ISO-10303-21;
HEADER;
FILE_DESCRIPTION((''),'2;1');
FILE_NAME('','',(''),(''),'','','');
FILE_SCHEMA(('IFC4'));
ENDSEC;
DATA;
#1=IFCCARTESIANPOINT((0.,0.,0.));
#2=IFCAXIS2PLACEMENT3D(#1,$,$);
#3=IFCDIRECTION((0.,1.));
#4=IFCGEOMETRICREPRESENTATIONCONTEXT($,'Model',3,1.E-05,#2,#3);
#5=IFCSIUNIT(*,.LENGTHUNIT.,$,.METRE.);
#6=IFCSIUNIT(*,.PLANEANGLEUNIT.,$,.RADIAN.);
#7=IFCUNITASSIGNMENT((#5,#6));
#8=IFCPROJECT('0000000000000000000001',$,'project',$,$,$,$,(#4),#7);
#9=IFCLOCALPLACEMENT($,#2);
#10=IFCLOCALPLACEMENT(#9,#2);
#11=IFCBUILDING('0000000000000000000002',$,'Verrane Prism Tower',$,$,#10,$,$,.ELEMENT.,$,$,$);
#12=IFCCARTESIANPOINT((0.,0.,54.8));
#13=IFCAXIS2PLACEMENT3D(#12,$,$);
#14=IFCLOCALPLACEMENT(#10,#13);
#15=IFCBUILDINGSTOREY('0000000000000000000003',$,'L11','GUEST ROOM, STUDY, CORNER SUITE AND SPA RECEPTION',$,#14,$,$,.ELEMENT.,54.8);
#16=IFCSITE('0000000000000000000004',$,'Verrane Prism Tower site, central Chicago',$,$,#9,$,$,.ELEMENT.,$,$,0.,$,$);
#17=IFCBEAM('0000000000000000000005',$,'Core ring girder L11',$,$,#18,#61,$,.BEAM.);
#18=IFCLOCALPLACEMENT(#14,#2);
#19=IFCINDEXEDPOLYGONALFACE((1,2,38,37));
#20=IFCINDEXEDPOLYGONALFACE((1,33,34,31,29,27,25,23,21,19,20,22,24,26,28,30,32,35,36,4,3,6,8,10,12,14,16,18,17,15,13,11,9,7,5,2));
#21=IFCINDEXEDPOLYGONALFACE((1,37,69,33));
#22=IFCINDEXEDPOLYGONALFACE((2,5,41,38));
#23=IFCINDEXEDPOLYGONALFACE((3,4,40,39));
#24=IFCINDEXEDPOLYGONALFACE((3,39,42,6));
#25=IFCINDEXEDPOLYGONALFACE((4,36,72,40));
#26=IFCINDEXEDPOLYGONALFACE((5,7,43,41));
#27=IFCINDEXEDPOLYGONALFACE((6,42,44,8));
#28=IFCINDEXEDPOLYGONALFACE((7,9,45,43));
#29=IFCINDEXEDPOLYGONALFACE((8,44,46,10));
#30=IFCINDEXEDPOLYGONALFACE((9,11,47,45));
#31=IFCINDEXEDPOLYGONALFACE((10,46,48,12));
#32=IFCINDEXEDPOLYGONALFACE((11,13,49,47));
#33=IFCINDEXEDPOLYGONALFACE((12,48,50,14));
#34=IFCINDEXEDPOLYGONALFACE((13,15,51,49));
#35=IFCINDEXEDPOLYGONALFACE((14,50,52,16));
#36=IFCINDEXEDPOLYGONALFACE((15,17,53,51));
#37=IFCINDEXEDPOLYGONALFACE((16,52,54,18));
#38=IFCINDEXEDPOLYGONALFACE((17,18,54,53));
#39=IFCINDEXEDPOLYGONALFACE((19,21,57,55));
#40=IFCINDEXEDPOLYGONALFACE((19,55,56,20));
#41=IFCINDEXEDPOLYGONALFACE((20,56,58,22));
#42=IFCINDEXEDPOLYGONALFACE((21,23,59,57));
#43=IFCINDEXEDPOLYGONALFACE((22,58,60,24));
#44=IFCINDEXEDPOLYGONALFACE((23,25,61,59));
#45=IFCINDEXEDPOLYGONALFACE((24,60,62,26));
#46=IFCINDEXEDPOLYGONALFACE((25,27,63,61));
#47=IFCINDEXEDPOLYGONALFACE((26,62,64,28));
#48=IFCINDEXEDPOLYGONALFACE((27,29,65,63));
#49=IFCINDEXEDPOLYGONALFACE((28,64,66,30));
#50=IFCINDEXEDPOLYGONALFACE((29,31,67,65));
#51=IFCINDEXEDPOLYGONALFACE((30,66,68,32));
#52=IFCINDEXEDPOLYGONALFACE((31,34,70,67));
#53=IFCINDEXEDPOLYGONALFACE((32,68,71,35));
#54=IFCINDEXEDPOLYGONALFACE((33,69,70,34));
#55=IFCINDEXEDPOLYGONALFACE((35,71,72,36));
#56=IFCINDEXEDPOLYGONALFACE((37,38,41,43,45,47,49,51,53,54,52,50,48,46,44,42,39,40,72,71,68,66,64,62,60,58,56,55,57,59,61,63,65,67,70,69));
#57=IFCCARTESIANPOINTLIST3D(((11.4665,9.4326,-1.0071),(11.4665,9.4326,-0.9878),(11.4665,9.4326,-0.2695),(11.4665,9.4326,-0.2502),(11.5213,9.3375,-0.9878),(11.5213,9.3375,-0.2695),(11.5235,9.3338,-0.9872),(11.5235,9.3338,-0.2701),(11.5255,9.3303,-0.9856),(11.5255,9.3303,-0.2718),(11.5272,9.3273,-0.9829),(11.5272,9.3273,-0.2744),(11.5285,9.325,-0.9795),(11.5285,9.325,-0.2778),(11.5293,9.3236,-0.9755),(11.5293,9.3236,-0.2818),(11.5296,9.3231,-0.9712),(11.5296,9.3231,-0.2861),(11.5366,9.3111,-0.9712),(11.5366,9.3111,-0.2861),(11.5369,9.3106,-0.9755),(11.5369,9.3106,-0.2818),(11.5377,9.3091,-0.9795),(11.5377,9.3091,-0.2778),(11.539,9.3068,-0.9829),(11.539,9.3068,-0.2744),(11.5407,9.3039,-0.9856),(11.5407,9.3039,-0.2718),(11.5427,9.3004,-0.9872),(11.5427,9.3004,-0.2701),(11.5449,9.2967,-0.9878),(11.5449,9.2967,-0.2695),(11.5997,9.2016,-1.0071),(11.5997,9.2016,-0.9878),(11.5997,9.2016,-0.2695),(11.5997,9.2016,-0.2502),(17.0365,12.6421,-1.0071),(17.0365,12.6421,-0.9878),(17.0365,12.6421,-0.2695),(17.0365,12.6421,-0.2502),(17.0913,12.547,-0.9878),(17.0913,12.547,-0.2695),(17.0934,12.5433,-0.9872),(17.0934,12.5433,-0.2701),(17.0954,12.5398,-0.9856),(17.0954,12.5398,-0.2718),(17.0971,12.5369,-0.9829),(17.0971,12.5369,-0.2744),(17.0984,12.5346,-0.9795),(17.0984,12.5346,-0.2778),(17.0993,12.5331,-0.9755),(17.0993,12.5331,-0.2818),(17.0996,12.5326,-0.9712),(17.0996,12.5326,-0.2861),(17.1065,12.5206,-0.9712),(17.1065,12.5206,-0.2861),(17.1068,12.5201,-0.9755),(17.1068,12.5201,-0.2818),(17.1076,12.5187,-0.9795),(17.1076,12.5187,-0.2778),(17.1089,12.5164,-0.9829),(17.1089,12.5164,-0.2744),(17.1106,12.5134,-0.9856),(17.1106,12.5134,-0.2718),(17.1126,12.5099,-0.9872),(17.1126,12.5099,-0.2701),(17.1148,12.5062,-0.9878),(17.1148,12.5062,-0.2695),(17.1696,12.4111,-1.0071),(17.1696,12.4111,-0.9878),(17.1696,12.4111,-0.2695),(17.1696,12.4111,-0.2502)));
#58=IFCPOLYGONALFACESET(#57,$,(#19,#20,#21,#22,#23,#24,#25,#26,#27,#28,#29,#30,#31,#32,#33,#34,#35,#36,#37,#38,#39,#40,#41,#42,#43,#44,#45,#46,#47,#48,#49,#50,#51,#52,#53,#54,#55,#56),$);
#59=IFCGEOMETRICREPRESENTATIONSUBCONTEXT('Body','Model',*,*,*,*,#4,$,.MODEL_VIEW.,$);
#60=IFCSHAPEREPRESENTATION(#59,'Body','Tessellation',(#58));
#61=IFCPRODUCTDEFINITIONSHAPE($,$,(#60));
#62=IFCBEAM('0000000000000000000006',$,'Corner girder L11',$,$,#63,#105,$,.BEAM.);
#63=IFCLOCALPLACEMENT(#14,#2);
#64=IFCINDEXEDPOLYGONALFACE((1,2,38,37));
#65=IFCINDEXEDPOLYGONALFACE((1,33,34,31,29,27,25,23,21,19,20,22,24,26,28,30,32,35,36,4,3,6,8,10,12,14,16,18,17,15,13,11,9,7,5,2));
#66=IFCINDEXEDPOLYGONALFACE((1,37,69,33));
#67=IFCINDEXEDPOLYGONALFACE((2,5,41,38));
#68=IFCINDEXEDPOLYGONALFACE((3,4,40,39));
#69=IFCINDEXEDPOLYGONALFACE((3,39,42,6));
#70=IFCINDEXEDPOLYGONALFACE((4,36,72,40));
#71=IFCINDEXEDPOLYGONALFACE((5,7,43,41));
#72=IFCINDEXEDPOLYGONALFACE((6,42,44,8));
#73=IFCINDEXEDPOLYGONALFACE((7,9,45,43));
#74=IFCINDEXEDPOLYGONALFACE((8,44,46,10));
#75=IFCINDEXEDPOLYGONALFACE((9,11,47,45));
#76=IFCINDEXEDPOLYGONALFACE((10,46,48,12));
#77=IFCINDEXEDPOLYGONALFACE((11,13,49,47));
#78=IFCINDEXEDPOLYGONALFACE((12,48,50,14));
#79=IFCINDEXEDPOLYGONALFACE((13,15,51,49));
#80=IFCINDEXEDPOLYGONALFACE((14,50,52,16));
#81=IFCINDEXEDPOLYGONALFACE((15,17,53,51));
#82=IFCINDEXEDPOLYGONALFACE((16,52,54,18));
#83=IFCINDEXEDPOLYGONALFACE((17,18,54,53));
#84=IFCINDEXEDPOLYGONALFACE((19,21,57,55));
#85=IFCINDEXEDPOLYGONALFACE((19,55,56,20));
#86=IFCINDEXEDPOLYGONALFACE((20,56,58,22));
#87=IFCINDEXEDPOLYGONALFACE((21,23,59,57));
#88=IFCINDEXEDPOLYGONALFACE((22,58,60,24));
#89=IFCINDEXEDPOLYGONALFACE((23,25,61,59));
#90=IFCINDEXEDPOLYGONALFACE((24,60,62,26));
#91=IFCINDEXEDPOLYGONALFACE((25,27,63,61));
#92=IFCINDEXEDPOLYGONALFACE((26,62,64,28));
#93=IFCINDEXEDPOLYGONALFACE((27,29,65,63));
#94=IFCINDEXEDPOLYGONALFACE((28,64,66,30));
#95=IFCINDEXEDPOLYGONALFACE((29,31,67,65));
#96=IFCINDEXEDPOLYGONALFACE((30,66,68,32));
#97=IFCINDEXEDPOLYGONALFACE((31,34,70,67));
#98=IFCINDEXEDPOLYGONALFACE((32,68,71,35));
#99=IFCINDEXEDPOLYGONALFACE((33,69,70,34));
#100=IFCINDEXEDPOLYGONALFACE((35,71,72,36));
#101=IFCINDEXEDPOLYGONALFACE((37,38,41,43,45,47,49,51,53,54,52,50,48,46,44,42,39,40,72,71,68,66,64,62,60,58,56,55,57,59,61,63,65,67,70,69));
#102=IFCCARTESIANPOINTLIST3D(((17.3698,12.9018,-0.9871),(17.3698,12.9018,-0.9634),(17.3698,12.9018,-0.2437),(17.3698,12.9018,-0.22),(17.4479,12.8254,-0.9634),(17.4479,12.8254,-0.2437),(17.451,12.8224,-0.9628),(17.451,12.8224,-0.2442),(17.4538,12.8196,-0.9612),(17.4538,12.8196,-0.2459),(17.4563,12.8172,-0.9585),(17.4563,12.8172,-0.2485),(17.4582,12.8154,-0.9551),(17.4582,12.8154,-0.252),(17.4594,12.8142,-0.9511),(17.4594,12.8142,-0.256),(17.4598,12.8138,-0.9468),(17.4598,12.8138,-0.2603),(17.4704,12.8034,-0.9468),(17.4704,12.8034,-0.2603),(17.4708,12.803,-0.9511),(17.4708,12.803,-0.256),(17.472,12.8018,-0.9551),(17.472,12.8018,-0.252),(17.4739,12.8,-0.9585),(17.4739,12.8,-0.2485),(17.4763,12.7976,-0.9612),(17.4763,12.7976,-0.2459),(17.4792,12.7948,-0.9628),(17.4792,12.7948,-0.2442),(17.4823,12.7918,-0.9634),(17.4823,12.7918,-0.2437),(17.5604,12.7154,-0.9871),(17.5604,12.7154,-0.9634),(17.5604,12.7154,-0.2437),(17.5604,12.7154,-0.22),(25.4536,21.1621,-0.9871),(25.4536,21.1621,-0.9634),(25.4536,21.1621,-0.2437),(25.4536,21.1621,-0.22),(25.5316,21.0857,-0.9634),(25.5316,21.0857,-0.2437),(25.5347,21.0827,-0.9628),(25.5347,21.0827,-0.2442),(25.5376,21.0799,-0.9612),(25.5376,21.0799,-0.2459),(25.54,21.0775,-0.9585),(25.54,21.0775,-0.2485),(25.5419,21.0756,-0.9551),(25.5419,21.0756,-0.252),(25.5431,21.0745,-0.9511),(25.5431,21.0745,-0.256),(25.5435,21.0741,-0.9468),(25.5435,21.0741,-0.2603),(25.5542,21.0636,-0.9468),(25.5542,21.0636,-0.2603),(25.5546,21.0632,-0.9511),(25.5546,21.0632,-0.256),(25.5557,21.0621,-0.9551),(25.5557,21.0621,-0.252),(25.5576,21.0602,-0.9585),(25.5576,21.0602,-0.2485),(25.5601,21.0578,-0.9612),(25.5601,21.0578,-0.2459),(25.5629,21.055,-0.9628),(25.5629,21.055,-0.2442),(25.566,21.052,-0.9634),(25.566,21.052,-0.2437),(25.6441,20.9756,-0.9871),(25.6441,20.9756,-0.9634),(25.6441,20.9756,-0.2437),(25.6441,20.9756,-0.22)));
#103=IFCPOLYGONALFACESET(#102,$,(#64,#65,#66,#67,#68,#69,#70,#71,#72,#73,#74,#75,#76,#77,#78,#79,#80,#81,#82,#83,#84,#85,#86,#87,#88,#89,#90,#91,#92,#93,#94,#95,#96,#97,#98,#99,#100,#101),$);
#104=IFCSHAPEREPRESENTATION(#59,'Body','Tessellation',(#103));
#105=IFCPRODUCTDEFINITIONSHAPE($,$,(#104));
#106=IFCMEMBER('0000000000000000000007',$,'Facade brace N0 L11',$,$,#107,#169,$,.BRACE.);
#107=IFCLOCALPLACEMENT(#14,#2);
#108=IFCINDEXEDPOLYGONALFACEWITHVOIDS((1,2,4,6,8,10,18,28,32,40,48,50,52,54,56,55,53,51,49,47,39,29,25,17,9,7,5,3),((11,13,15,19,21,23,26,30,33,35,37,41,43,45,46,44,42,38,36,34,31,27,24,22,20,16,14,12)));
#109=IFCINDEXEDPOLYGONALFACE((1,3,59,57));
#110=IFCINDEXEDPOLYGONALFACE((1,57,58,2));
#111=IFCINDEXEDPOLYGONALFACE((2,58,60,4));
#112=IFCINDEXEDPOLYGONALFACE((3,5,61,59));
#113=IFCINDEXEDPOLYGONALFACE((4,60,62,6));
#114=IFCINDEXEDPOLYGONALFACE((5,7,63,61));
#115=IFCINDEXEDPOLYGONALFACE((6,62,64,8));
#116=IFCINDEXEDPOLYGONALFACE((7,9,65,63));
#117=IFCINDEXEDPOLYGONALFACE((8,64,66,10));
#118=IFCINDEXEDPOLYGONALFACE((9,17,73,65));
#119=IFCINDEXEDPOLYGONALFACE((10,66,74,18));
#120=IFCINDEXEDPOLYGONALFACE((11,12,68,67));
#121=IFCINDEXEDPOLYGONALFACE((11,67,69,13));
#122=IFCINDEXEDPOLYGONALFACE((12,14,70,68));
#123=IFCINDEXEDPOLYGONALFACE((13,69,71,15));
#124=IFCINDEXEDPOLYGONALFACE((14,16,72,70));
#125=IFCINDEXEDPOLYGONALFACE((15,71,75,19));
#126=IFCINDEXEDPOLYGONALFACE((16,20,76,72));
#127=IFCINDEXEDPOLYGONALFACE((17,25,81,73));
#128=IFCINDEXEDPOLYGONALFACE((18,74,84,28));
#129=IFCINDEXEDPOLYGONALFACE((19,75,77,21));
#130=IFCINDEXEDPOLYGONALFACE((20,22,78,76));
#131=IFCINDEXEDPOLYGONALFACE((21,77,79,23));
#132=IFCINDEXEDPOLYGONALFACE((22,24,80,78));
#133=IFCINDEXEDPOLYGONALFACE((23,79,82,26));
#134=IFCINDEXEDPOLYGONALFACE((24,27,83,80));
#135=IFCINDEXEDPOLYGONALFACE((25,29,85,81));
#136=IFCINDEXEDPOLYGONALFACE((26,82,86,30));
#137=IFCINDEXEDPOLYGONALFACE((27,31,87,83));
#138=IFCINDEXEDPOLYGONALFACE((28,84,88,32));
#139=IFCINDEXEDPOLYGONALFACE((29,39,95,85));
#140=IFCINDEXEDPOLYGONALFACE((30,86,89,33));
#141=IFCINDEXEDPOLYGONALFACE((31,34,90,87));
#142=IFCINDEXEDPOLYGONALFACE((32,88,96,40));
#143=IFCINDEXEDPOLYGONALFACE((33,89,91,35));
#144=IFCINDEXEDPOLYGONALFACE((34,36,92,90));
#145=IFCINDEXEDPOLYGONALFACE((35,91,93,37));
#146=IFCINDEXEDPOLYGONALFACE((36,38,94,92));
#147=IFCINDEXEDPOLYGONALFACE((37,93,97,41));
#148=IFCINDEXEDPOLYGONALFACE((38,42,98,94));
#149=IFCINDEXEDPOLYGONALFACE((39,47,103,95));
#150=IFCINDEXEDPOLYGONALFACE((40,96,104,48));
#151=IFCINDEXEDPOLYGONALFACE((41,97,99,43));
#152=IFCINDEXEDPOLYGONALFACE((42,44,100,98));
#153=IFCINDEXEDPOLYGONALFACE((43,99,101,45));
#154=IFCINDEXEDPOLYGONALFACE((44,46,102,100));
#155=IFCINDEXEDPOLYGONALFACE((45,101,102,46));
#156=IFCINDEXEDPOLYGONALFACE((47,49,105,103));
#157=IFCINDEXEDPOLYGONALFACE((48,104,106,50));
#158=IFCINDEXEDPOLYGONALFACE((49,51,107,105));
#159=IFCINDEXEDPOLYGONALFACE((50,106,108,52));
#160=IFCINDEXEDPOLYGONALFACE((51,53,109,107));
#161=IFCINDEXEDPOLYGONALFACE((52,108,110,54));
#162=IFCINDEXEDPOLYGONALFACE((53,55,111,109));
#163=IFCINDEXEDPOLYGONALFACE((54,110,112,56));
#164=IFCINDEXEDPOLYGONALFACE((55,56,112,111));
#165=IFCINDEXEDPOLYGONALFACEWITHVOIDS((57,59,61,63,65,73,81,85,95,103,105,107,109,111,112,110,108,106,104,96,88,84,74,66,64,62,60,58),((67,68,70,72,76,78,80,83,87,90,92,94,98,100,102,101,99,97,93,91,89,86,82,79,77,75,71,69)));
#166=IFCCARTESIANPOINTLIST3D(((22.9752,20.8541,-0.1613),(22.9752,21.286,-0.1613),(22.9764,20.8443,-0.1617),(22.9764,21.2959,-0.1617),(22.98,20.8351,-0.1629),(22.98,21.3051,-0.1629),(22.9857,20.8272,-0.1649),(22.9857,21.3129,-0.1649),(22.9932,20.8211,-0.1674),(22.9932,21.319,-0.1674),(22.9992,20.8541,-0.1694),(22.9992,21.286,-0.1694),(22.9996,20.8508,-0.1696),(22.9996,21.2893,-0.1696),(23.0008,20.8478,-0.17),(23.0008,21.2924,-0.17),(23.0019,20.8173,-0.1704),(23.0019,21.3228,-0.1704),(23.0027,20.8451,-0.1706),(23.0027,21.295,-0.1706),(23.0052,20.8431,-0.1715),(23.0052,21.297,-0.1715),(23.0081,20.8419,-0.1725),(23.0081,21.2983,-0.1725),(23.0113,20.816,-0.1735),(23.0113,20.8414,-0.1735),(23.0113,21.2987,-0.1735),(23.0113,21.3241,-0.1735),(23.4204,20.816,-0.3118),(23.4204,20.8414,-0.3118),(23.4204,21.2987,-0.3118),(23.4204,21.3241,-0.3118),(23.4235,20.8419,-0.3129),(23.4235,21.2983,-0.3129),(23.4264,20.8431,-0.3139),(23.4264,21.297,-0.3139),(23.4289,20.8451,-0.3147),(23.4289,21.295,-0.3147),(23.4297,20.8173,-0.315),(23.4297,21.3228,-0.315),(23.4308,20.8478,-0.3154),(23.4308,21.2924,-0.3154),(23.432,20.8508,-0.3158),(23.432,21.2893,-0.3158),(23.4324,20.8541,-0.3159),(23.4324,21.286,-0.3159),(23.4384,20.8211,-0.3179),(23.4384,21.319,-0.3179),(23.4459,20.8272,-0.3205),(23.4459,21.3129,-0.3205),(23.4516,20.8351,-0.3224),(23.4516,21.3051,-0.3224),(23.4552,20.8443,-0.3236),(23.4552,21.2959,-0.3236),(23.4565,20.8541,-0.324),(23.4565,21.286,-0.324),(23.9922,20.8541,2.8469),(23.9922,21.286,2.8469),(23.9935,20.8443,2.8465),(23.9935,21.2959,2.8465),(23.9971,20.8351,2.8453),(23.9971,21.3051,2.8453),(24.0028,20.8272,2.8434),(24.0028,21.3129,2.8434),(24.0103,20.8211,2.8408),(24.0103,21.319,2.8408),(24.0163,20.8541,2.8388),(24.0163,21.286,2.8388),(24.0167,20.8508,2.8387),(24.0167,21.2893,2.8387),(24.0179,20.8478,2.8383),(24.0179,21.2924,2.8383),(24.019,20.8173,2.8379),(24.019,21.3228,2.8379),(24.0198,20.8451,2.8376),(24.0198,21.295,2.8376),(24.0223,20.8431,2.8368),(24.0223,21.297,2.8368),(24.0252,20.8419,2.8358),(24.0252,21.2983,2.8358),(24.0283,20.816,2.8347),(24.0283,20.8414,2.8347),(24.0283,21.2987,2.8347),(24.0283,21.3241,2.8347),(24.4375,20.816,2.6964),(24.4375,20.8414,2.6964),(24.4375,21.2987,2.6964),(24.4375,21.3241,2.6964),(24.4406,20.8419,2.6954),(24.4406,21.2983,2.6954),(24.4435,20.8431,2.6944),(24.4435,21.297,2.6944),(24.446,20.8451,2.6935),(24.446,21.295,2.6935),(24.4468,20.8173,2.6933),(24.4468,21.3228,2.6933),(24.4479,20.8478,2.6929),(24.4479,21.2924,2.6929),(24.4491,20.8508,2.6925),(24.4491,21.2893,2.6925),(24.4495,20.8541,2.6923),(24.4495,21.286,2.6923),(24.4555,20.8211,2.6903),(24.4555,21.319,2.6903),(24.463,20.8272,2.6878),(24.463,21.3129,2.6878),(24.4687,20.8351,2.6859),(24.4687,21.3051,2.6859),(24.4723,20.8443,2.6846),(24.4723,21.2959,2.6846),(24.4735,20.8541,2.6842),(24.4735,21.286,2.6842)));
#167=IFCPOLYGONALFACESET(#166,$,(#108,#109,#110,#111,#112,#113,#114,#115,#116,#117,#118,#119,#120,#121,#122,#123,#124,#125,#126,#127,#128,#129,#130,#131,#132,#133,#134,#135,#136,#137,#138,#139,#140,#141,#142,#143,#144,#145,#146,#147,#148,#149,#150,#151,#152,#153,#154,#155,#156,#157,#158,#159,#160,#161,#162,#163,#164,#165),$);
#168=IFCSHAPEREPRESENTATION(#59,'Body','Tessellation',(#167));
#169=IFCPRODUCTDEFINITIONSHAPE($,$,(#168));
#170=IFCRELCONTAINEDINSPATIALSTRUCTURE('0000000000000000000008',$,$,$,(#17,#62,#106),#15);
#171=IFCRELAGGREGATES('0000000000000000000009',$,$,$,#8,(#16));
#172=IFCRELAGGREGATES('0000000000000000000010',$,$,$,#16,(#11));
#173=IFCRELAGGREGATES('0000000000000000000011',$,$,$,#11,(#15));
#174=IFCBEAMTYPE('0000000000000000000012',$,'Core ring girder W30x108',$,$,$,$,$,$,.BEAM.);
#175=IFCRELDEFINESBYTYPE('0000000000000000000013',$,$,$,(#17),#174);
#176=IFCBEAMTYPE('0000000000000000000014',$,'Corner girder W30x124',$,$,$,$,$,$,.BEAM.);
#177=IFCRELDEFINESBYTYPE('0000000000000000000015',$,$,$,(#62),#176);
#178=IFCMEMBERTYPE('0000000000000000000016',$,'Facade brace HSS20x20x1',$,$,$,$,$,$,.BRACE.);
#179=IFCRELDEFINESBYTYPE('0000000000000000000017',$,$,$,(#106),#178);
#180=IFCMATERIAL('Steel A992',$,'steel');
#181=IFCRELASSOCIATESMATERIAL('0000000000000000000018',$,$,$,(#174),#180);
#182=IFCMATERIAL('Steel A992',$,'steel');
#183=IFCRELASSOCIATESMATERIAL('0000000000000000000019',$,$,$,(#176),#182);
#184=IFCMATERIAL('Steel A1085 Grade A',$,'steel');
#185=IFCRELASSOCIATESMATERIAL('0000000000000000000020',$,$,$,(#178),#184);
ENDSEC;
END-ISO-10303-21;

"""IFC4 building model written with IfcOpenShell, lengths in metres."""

from ifc_helpers import new_model, si_unit, direction, frame, origin, origin_2d, place, context, subcontext, project, spatial, hollow_rectangle, i_section, extrude, material, material_profile, profile_set, type_object, element, save


model = new_model("IFC4")

# Units and contexts
model_context = context("Model", 3, precision=1e-05, world=origin(), true_north=direction((0.0, 1.0)))
body_context = subcontext(model_context, "Body", "Model", "MODEL_VIEW")
ifc_project = project(units=[si_unit("LENGTHUNIT", "METRE"), si_unit("PLANEANGLEUNIT", "RADIAN")], contexts=[model_context])

# Site, building, storey
site_placement = place(None, origin())
site = spatial("IfcSite", under=ifc_project, at=site_placement, Name="Verrane Prism Tower site, central Chicago", CompositionType="ELEMENT", RefElevation=0.0)
building_placement = place(site_placement, origin())
building = spatial("IfcBuilding", under=site, at=building_placement, Name="Verrane Prism Tower", CompositionType="ELEMENT")
storey_placement = place(building_placement, frame((0.0, 0.0, 54.8)))
storey = spatial("IfcBuildingStorey", under=building, at=storey_placement, Name="L11", Description="GUEST ROOM, STUDY, CORNER SUITE AND SPA RECEPTION", CompositionType="ELEMENT", Elevation=54.8)

# Beams
ifc_material_1 = material(Name="Steel A992", Category="steel")
ifc_material_profile_1 = material_profile(ifc_material_1, i_section(OverallWidth=0.2666, OverallDepth=0.7568, WebThickness=0.0139, FlangeThickness=0.0193, FilletRadius=0.0166, at=origin_2d()), Name="W30x108")
ifc_profile_set_1 = profile_set([ifc_material_profile_1], Name="Steel A992")
beam_type_1 = type_object("IfcBeamType", Name="Core ring girder W30x108", PredefinedType="BEAM", material=ifc_profile_set_1)
beam_1_placement = place(storey_placement, frame((17.103, 12.5266, -0.6287), z_axis=(-0.866447, -0.499269, 0.0), x_axis=(0.499269, -0.866447, 0.0)))
element("IfcBeam", 1, at=beam_1_placement, inside=storey, type_object=beam_type_1, Name="Core ring girder L11", PredefinedType="BEAM", context=body_context, shape_type="SweptSolid", body=[
    extrude(i_section(OverallWidth=0.2666, OverallDepth=0.7568, WebThickness=0.0139, FlangeThickness=0.0193, FilletRadius=0.0166, at=origin_2d()), origin(), (0.0, 0.0, 1.0), 6.4285),
])
ifc_material_2 = material(Name="Steel A992", Category="steel")
ifc_material_profile_2 = material_profile(ifc_material_2, i_section(OverallWidth=0.2666, OverallDepth=0.7671, WebThickness=0.0149, FlangeThickness=0.0237, FilletRadius=0.0166, at=origin_2d()), Name="W30x124")
ifc_profile_set_2 = profile_set([ifc_material_profile_2], Name="Steel A992")
beam_type_2 = type_object("IfcBeamType", Name="Corner girder W30x124", PredefinedType="BEAM", material=ifc_profile_set_2)
beam_2_placement = place(storey_placement, frame((25.5488, 21.0688, -0.6035), z_axis=(-0.699429, -0.714702, 0.0), x_axis=(0.714702, -0.699429, 0.0)))
element("IfcBeam", 2, at=beam_2_placement, inside=storey, type_object=beam_type_2, Name="Corner girder L11", PredefinedType="BEAM", context=body_context, shape_type="SweptSolid", body=[
    extrude(i_section(OverallWidth=0.2666, OverallDepth=0.7671, WebThickness=0.0149, FlangeThickness=0.0237, FilletRadius=0.0166, at=origin_2d()), origin(), (0.0, 0.0, 1.0), 11.5576),
])

# Member
ifc_material_3 = material(Name="Steel A1085 Grade A", Category="steel")
ifc_material_profile_3 = material_profile(ifc_material_3, hollow_rectangle(XDim=0.5081, YDim=0.5081, WallThickness=0.0254, InnerFilletRadius=0.0127, OuterFilletRadius=0.0381, at=origin_2d()), Name="HSS20x20x1")
ifc_profile_set_3 = profile_set([ifc_material_profile_3], Name="Steel A1085 Grade A")
member_type_1 = type_object("IfcMemberType", Name="Facade brace HSS20x20x1", PredefinedType="BRACE", material=ifc_profile_set_3)
member_1_placement = place(storey_placement, frame((23.2158, 21.0701, -0.2427), z_axis=(0.320284, 0.0, 0.947322), x_axis=(0.0, 1.0, 0.0)))
element("IfcMember", 3, at=member_1_placement, inside=storey, type_object=member_type_1, Name="Facade brace N0 L11", PredefinedType="BRACE", context=body_context, shape_type="SweptSolid", body=[
    extrude(hollow_rectangle(XDim=0.5081, YDim=0.5081, WallThickness=0.0254, InnerFilletRadius=0.0127, OuterFilletRadius=0.0381, at=origin_2d()), origin(), (0.0, 0.0, 1.0), 3.1755),
])

save(model, "model.ifc")
